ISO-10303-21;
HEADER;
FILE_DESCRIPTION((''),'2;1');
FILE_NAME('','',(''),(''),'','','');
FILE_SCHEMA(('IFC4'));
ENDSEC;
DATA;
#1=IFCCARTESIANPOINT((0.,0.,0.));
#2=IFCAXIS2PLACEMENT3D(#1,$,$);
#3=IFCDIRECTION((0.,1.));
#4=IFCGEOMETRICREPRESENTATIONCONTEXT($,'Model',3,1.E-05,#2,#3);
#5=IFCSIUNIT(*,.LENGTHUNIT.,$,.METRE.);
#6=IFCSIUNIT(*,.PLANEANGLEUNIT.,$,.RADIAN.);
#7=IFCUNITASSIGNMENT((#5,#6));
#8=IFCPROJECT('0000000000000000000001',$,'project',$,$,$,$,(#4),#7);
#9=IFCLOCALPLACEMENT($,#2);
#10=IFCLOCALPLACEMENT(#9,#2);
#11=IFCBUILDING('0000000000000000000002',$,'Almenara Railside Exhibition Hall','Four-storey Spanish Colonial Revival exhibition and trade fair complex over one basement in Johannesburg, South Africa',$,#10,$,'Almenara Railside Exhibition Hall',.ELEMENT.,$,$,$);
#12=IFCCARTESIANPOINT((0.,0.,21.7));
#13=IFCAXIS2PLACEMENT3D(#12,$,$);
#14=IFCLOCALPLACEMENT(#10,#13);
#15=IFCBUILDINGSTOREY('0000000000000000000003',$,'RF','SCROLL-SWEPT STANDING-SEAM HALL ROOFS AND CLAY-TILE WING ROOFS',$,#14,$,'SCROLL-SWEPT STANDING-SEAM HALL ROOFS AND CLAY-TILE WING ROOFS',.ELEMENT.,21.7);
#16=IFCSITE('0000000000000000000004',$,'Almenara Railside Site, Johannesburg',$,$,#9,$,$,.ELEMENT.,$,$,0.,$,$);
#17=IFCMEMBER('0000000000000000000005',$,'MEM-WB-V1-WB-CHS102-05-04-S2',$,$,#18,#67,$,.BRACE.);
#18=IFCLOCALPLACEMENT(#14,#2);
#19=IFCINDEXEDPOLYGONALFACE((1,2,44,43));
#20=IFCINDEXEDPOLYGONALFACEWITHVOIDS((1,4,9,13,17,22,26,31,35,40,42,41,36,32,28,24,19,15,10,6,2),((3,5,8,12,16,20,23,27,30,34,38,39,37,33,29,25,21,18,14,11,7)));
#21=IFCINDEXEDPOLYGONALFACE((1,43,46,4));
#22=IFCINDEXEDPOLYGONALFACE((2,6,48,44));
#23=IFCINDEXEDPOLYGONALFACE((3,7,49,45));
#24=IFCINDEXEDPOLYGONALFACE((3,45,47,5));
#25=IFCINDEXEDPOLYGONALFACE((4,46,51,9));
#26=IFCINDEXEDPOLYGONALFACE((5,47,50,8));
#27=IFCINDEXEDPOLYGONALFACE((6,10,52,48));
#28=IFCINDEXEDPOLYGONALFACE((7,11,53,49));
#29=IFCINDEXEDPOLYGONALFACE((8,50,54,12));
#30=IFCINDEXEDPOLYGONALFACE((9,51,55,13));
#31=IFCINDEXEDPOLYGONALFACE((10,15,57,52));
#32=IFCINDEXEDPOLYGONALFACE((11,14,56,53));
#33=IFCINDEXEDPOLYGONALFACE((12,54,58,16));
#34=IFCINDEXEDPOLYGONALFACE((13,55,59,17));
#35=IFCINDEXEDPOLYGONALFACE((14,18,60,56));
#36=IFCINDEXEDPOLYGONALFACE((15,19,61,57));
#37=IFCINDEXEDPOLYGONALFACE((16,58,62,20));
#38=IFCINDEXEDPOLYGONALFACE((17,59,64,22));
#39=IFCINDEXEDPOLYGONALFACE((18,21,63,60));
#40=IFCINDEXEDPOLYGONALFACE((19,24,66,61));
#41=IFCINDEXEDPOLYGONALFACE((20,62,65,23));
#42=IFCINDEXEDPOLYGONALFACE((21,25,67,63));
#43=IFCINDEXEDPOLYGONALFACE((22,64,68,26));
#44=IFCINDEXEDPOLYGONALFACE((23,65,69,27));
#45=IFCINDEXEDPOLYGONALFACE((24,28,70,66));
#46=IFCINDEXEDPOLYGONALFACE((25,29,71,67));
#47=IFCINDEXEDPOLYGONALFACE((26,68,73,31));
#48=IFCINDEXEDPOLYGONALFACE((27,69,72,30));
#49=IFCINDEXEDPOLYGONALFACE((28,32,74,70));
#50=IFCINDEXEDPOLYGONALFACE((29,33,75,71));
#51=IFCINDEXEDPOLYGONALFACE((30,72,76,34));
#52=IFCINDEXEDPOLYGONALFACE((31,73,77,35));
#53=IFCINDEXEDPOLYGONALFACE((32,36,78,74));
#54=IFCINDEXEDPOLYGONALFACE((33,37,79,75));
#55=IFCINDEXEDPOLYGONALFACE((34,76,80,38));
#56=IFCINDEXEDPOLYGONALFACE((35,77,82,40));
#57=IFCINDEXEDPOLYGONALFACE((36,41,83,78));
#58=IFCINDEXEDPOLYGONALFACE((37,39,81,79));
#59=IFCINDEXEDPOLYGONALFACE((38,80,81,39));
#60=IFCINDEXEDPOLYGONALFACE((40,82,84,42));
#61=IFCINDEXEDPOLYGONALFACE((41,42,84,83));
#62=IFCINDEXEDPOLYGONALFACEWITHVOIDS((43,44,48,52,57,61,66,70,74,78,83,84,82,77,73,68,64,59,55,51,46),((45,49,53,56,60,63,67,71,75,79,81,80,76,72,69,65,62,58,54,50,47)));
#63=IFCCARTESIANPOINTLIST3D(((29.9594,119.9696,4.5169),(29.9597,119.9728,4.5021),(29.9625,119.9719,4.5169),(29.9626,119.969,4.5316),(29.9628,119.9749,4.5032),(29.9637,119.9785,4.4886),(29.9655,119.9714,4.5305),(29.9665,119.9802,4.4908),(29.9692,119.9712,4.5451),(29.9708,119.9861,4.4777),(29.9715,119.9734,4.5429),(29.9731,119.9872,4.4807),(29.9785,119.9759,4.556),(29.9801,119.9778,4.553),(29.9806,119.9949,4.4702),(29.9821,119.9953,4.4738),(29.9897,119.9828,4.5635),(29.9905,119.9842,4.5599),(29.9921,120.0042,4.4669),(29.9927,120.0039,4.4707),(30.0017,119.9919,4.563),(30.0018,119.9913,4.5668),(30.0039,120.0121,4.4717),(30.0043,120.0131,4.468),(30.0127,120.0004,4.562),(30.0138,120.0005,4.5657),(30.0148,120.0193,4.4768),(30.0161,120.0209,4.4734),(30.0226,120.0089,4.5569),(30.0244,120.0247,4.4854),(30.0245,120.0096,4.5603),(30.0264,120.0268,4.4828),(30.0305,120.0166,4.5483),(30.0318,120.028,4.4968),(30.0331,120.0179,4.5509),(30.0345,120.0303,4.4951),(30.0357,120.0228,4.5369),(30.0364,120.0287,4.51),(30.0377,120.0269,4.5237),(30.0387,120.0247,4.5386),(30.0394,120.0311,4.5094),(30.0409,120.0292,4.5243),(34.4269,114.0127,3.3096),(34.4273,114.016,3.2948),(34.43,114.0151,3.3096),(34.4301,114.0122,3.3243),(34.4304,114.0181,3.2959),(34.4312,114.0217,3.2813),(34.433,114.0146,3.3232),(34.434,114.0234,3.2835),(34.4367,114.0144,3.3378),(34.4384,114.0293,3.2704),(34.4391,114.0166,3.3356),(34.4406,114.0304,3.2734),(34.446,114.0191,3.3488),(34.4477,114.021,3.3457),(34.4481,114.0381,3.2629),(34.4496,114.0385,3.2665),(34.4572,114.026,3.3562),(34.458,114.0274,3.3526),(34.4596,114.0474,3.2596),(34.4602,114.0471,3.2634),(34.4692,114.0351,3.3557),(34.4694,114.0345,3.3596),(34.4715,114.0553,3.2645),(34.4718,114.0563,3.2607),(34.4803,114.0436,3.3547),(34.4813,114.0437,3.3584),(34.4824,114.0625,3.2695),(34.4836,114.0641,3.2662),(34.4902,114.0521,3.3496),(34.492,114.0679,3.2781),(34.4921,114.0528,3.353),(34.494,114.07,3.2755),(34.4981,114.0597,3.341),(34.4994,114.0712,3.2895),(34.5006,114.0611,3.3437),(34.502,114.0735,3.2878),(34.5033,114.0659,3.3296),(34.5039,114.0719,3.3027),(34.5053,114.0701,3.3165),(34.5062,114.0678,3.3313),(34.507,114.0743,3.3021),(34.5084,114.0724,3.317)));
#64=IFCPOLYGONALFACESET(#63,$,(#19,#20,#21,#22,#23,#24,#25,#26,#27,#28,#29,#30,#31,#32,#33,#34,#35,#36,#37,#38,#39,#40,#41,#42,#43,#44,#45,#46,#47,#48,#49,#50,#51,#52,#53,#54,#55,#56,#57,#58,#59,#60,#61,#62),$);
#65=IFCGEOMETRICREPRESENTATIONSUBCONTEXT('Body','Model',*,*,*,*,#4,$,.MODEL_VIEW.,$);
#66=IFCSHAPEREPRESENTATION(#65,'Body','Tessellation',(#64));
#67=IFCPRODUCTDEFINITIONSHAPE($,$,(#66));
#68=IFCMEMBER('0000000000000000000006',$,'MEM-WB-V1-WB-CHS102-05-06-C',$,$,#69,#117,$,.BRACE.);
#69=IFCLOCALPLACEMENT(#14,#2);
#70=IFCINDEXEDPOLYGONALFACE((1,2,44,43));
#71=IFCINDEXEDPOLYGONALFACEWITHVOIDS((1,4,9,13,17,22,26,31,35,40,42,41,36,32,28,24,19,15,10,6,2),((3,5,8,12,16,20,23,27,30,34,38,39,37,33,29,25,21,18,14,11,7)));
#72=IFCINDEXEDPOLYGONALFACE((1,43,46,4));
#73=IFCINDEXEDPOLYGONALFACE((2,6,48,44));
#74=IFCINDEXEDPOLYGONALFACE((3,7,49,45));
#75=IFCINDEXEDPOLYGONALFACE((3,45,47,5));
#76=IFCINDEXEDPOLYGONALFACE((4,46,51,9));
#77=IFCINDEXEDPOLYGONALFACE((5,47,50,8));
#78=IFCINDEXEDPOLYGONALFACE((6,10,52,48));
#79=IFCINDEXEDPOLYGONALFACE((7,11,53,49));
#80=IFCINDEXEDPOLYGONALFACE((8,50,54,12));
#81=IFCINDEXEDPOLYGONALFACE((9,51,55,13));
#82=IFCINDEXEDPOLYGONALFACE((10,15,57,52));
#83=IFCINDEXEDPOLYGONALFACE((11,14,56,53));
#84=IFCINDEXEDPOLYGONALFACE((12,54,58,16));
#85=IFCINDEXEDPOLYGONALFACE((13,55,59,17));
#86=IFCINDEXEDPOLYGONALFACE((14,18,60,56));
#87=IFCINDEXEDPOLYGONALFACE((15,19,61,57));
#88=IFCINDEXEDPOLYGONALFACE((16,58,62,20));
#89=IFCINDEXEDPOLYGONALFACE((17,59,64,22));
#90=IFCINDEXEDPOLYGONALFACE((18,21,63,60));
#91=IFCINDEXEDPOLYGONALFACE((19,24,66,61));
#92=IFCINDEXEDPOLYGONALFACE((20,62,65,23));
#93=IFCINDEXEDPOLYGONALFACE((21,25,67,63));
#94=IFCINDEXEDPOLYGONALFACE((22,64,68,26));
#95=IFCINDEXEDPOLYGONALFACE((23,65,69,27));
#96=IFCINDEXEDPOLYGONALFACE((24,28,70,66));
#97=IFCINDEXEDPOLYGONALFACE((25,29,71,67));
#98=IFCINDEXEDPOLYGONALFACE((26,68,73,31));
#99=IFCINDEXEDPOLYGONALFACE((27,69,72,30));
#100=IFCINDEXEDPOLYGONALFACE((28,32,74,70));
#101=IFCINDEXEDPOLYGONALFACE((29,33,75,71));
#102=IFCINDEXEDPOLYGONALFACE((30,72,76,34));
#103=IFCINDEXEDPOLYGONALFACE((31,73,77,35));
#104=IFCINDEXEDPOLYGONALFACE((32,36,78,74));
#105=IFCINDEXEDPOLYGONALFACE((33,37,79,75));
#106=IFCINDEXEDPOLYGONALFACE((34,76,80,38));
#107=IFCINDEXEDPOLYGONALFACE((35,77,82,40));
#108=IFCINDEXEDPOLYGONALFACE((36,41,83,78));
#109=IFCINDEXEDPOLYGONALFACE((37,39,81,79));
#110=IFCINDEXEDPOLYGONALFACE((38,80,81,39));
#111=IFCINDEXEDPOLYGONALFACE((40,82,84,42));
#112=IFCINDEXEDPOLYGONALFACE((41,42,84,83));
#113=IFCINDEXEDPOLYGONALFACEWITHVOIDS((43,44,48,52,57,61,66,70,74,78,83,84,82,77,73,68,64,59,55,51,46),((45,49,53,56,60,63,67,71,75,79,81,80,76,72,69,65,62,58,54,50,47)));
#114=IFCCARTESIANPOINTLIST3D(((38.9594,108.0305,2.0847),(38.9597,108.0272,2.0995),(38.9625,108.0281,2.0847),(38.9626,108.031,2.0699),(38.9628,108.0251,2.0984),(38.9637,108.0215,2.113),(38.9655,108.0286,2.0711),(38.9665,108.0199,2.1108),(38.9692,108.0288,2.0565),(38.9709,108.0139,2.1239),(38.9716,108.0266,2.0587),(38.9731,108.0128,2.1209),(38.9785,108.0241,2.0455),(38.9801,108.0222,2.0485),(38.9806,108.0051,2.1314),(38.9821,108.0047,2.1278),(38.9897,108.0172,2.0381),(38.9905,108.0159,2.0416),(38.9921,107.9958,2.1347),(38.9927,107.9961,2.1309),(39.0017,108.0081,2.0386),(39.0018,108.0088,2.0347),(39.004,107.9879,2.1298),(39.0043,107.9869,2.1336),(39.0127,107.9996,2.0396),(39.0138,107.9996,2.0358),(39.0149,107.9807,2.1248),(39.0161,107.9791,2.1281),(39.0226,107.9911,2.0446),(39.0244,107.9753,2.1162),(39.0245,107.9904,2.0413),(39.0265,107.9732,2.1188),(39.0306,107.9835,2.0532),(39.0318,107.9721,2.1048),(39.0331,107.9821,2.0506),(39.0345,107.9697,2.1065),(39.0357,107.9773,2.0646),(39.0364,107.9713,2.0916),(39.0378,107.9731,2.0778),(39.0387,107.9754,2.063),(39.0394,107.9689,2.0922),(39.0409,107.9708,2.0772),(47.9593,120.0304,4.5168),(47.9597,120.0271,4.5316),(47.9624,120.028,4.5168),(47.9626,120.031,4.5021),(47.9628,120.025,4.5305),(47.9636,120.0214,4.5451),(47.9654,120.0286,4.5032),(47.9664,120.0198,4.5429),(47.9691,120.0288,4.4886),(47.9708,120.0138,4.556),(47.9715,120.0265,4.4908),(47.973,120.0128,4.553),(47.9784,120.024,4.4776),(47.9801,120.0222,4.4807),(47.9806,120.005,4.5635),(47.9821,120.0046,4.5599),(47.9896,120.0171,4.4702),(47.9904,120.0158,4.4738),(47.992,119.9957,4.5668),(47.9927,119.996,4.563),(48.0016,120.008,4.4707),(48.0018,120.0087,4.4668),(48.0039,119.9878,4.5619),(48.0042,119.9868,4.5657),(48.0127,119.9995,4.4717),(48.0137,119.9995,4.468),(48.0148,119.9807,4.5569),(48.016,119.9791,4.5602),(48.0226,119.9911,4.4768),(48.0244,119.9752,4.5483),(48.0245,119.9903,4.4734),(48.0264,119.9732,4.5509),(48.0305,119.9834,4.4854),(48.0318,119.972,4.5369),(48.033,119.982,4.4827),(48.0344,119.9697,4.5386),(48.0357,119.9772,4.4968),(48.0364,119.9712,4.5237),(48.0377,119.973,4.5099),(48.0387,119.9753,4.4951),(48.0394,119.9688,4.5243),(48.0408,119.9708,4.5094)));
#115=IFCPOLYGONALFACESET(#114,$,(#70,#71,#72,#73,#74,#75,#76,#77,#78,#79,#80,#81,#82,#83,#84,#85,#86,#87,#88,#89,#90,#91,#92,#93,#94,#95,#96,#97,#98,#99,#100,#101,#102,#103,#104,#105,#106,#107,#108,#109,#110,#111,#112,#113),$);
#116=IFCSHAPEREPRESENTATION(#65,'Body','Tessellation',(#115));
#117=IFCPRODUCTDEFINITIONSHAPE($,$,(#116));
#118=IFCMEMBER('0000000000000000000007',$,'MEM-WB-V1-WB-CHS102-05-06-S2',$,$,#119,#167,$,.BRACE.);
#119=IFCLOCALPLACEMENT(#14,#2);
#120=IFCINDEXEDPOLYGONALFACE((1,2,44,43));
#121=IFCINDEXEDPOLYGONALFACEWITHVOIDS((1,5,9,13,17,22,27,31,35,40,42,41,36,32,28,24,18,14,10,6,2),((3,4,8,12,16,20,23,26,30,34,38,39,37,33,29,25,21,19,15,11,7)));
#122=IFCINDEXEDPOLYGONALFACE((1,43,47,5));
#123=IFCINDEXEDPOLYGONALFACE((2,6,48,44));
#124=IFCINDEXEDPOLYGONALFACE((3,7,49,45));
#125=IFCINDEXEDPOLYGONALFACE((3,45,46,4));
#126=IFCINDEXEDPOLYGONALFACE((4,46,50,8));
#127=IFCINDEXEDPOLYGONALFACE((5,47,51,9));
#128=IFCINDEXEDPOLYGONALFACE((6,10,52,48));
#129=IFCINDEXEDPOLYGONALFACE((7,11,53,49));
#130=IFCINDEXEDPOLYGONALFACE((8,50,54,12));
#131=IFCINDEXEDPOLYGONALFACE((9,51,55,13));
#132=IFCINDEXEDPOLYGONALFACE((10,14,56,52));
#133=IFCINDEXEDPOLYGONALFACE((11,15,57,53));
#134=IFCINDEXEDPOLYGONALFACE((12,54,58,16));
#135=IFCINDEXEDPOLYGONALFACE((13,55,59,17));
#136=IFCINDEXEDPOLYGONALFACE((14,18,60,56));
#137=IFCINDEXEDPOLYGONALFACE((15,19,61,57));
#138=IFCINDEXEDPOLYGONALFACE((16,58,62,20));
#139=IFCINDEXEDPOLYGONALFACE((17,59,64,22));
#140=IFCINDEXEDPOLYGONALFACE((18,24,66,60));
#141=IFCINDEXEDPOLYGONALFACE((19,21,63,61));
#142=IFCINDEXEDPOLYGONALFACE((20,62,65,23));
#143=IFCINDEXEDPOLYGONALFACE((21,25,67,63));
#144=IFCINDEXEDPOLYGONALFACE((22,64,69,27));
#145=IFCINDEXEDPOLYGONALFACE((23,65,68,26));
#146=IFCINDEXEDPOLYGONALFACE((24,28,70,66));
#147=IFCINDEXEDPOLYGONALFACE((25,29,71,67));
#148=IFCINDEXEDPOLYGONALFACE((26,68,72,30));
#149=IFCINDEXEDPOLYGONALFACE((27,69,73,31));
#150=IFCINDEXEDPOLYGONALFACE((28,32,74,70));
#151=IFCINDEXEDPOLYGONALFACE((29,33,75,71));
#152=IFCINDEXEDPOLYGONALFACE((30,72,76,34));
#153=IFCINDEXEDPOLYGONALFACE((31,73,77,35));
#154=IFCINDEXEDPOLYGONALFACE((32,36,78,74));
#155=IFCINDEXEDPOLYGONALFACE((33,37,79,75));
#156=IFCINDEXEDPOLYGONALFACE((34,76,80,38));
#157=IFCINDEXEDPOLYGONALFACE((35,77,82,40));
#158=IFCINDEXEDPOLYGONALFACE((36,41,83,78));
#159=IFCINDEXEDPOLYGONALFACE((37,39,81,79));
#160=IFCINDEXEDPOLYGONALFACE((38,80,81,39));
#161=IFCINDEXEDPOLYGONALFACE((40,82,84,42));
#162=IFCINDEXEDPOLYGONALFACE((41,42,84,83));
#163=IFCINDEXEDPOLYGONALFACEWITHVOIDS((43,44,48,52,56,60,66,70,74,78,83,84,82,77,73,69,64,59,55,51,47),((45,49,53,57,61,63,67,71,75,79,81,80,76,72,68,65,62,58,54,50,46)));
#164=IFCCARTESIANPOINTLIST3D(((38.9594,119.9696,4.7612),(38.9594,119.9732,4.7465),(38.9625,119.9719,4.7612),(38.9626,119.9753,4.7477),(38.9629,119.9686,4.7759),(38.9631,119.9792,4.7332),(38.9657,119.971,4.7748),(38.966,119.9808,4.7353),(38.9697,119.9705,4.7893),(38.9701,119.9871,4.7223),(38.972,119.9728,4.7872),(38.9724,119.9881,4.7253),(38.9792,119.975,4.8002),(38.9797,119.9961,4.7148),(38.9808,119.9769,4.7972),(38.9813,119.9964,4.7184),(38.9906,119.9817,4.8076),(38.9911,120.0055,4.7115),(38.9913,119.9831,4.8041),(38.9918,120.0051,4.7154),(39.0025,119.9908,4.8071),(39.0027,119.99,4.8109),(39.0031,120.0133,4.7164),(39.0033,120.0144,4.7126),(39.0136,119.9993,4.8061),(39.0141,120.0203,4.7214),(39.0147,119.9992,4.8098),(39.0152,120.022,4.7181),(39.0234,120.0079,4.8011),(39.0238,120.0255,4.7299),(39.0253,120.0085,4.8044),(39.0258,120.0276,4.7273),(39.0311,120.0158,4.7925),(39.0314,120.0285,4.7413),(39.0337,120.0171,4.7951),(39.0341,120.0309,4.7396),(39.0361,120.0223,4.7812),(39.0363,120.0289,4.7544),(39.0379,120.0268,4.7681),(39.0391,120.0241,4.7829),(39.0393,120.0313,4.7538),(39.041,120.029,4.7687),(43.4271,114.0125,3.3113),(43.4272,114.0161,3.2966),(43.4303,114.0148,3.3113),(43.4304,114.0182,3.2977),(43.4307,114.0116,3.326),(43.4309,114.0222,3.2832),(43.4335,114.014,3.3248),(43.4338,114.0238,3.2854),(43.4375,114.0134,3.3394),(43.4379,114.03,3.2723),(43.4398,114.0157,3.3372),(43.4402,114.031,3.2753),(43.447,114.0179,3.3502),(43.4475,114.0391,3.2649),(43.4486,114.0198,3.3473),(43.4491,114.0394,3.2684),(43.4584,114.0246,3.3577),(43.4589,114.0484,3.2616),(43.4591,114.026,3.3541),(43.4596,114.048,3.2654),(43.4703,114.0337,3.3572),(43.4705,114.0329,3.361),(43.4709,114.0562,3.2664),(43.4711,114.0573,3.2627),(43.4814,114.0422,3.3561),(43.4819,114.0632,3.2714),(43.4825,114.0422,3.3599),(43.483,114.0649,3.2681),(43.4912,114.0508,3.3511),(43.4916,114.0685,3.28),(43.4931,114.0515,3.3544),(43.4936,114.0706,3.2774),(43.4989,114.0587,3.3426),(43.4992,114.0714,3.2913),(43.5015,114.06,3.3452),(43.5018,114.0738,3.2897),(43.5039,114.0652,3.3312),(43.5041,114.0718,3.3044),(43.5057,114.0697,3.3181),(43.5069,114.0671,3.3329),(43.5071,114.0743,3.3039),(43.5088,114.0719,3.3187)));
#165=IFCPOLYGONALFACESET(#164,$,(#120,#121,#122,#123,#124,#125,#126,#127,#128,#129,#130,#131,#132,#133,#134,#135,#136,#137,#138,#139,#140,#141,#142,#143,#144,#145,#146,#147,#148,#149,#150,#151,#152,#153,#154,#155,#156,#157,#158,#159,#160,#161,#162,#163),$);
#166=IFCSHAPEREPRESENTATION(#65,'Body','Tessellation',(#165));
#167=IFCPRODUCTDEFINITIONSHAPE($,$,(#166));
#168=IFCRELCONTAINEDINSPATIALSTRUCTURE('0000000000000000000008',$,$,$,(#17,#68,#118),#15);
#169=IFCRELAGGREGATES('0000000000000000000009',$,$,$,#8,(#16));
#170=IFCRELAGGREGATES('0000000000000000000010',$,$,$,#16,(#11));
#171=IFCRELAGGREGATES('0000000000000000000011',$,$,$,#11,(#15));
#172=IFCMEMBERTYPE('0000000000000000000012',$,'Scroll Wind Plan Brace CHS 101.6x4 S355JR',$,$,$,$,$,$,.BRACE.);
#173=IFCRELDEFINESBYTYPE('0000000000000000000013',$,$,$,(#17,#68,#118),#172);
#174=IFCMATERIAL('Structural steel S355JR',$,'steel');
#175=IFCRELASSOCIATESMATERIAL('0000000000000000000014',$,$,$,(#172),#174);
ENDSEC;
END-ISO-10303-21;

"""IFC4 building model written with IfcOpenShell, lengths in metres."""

from ifc_helpers import new_model, si_unit, direction, frame, origin, origin_2d, place, context, subcontext, project, spatial, hollow_circle, extrude, material, material_profile, profile_set, type_object, element, save


model = new_model("IFC4")

# Units and contexts
model_context = context("Model", 3, precision=1e-05, world=origin(), true_north=direction((0.0, 1.0)))
body_context = subcontext(model_context, "Body", "Model", "MODEL_VIEW")
ifc_project = project(units=[si_unit("LENGTHUNIT", "METRE"), si_unit("PLANEANGLEUNIT", "RADIAN")], contexts=[model_context])

# Site, building, storey
site_placement = place(None, origin())
site = spatial("IfcSite", under=ifc_project, at=site_placement, Name="Almenara Railside Site, Johannesburg", CompositionType="ELEMENT", RefElevation=0.0)
building_placement = place(site_placement, origin())
building = spatial("IfcBuilding", under=site, at=building_placement, Name="Almenara Railside Exhibition Hall", Description="Four-storey Spanish Colonial Revival exhibition and trade fair complex over one basement in Johannesburg, South Africa", LongName="Almenara Railside Exhibition Hall", CompositionType="ELEMENT")
storey_placement = place(building_placement, frame((0.0, 0.0, 21.7)))
storey = spatial("IfcBuildingStorey", under=building, at=storey_placement, Name="RF", Description="SCROLL-SWEPT STANDING-SEAM HALL ROOFS AND CLAY-TILE WING ROOFS", LongName="SCROLL-SWEPT STANDING-SEAM HALL ROOFS AND CLAY-TILE WING ROOFS", CompositionType="ELEMENT", Elevation=21.7)

# Members
ifc_material_1 = material(Name="Structural steel S355JR", Category="steel")
ifc_material_profile_1 = material_profile(ifc_material_1, hollow_circle(Radius=0.0508, WallThickness=0.0039, at=origin_2d()), Name="CHS 101.6x4")
ifc_profile_set_1 = profile_set([ifc_material_profile_1], Name="Structural steel S355JR")
member_type_1 = type_object("IfcMemberType", Name="Scroll Wind Plan Brace CHS 101.6x4 S355JR", PredefinedType="BRACE", material=ifc_profile_set_1)
for number, where, z_axis, x_axis, name in (
    (1, (34.4675, 114.0432, 3.3096), (-0.59226, 0.789691, 0.160048), (-0.800004, -0.599995, 0.0), "MEM-WB-V1-WB-CHS102-05-04-S2"),
):
    element("IfcMember", number, at=place(storey_placement, frame(where, z_axis=z_axis, x_axis=x_axis)), inside=storey, type_object=member_type_1, Name=name, PredefinedType="BRACE", context=body_context, shape_type="SweptSolid", body=[
        extrude(hollow_circle(Radius=0.0508, WallThickness=0.0039, at=origin_2d()), origin(), (0.0, 0.0, 1.0), 7.5432),
    ])
member_1_placement = place(storey_placement, frame((39.0, 108.0, 2.0847), z_axis=(0.592265, 0.789687, 0.160052), x_axis=(-0.8, 0.6, 0.0)))
element("IfcMember", 2, at=member_1_placement, inside=storey, type_object=member_type_1, Name="MEM-WB-V1-WB-CHS102-05-06-C", PredefinedType="BRACE", context=body_context, shape_type="SweptSolid", body=[
    extrude(hollow_circle(Radius=0.0508, WallThickness=0.0039, at=origin_2d()), origin(), (0.0, 0.0, 1.0), 15.1958),
])
member_2_placement = place(storey_placement, frame((43.4678, 114.043, 3.3113), z_axis=(-0.588939, 0.785252, 0.191132), x_axis=(-0.8, -0.6, 0.0)))
element("IfcMember", 3, at=member_2_placement, inside=storey, type_object=member_type_1, Name="MEM-WB-V1-WB-CHS102-05-06-S2", PredefinedType="BRACE", context=body_context, shape_type="SweptSolid", body=[
    extrude(hollow_circle(Radius=0.0508, WallThickness=0.0039, at=origin_2d()), origin(), (0.0, 0.0, 1.0), 7.5862),
])

save(model, "model.ifc")
